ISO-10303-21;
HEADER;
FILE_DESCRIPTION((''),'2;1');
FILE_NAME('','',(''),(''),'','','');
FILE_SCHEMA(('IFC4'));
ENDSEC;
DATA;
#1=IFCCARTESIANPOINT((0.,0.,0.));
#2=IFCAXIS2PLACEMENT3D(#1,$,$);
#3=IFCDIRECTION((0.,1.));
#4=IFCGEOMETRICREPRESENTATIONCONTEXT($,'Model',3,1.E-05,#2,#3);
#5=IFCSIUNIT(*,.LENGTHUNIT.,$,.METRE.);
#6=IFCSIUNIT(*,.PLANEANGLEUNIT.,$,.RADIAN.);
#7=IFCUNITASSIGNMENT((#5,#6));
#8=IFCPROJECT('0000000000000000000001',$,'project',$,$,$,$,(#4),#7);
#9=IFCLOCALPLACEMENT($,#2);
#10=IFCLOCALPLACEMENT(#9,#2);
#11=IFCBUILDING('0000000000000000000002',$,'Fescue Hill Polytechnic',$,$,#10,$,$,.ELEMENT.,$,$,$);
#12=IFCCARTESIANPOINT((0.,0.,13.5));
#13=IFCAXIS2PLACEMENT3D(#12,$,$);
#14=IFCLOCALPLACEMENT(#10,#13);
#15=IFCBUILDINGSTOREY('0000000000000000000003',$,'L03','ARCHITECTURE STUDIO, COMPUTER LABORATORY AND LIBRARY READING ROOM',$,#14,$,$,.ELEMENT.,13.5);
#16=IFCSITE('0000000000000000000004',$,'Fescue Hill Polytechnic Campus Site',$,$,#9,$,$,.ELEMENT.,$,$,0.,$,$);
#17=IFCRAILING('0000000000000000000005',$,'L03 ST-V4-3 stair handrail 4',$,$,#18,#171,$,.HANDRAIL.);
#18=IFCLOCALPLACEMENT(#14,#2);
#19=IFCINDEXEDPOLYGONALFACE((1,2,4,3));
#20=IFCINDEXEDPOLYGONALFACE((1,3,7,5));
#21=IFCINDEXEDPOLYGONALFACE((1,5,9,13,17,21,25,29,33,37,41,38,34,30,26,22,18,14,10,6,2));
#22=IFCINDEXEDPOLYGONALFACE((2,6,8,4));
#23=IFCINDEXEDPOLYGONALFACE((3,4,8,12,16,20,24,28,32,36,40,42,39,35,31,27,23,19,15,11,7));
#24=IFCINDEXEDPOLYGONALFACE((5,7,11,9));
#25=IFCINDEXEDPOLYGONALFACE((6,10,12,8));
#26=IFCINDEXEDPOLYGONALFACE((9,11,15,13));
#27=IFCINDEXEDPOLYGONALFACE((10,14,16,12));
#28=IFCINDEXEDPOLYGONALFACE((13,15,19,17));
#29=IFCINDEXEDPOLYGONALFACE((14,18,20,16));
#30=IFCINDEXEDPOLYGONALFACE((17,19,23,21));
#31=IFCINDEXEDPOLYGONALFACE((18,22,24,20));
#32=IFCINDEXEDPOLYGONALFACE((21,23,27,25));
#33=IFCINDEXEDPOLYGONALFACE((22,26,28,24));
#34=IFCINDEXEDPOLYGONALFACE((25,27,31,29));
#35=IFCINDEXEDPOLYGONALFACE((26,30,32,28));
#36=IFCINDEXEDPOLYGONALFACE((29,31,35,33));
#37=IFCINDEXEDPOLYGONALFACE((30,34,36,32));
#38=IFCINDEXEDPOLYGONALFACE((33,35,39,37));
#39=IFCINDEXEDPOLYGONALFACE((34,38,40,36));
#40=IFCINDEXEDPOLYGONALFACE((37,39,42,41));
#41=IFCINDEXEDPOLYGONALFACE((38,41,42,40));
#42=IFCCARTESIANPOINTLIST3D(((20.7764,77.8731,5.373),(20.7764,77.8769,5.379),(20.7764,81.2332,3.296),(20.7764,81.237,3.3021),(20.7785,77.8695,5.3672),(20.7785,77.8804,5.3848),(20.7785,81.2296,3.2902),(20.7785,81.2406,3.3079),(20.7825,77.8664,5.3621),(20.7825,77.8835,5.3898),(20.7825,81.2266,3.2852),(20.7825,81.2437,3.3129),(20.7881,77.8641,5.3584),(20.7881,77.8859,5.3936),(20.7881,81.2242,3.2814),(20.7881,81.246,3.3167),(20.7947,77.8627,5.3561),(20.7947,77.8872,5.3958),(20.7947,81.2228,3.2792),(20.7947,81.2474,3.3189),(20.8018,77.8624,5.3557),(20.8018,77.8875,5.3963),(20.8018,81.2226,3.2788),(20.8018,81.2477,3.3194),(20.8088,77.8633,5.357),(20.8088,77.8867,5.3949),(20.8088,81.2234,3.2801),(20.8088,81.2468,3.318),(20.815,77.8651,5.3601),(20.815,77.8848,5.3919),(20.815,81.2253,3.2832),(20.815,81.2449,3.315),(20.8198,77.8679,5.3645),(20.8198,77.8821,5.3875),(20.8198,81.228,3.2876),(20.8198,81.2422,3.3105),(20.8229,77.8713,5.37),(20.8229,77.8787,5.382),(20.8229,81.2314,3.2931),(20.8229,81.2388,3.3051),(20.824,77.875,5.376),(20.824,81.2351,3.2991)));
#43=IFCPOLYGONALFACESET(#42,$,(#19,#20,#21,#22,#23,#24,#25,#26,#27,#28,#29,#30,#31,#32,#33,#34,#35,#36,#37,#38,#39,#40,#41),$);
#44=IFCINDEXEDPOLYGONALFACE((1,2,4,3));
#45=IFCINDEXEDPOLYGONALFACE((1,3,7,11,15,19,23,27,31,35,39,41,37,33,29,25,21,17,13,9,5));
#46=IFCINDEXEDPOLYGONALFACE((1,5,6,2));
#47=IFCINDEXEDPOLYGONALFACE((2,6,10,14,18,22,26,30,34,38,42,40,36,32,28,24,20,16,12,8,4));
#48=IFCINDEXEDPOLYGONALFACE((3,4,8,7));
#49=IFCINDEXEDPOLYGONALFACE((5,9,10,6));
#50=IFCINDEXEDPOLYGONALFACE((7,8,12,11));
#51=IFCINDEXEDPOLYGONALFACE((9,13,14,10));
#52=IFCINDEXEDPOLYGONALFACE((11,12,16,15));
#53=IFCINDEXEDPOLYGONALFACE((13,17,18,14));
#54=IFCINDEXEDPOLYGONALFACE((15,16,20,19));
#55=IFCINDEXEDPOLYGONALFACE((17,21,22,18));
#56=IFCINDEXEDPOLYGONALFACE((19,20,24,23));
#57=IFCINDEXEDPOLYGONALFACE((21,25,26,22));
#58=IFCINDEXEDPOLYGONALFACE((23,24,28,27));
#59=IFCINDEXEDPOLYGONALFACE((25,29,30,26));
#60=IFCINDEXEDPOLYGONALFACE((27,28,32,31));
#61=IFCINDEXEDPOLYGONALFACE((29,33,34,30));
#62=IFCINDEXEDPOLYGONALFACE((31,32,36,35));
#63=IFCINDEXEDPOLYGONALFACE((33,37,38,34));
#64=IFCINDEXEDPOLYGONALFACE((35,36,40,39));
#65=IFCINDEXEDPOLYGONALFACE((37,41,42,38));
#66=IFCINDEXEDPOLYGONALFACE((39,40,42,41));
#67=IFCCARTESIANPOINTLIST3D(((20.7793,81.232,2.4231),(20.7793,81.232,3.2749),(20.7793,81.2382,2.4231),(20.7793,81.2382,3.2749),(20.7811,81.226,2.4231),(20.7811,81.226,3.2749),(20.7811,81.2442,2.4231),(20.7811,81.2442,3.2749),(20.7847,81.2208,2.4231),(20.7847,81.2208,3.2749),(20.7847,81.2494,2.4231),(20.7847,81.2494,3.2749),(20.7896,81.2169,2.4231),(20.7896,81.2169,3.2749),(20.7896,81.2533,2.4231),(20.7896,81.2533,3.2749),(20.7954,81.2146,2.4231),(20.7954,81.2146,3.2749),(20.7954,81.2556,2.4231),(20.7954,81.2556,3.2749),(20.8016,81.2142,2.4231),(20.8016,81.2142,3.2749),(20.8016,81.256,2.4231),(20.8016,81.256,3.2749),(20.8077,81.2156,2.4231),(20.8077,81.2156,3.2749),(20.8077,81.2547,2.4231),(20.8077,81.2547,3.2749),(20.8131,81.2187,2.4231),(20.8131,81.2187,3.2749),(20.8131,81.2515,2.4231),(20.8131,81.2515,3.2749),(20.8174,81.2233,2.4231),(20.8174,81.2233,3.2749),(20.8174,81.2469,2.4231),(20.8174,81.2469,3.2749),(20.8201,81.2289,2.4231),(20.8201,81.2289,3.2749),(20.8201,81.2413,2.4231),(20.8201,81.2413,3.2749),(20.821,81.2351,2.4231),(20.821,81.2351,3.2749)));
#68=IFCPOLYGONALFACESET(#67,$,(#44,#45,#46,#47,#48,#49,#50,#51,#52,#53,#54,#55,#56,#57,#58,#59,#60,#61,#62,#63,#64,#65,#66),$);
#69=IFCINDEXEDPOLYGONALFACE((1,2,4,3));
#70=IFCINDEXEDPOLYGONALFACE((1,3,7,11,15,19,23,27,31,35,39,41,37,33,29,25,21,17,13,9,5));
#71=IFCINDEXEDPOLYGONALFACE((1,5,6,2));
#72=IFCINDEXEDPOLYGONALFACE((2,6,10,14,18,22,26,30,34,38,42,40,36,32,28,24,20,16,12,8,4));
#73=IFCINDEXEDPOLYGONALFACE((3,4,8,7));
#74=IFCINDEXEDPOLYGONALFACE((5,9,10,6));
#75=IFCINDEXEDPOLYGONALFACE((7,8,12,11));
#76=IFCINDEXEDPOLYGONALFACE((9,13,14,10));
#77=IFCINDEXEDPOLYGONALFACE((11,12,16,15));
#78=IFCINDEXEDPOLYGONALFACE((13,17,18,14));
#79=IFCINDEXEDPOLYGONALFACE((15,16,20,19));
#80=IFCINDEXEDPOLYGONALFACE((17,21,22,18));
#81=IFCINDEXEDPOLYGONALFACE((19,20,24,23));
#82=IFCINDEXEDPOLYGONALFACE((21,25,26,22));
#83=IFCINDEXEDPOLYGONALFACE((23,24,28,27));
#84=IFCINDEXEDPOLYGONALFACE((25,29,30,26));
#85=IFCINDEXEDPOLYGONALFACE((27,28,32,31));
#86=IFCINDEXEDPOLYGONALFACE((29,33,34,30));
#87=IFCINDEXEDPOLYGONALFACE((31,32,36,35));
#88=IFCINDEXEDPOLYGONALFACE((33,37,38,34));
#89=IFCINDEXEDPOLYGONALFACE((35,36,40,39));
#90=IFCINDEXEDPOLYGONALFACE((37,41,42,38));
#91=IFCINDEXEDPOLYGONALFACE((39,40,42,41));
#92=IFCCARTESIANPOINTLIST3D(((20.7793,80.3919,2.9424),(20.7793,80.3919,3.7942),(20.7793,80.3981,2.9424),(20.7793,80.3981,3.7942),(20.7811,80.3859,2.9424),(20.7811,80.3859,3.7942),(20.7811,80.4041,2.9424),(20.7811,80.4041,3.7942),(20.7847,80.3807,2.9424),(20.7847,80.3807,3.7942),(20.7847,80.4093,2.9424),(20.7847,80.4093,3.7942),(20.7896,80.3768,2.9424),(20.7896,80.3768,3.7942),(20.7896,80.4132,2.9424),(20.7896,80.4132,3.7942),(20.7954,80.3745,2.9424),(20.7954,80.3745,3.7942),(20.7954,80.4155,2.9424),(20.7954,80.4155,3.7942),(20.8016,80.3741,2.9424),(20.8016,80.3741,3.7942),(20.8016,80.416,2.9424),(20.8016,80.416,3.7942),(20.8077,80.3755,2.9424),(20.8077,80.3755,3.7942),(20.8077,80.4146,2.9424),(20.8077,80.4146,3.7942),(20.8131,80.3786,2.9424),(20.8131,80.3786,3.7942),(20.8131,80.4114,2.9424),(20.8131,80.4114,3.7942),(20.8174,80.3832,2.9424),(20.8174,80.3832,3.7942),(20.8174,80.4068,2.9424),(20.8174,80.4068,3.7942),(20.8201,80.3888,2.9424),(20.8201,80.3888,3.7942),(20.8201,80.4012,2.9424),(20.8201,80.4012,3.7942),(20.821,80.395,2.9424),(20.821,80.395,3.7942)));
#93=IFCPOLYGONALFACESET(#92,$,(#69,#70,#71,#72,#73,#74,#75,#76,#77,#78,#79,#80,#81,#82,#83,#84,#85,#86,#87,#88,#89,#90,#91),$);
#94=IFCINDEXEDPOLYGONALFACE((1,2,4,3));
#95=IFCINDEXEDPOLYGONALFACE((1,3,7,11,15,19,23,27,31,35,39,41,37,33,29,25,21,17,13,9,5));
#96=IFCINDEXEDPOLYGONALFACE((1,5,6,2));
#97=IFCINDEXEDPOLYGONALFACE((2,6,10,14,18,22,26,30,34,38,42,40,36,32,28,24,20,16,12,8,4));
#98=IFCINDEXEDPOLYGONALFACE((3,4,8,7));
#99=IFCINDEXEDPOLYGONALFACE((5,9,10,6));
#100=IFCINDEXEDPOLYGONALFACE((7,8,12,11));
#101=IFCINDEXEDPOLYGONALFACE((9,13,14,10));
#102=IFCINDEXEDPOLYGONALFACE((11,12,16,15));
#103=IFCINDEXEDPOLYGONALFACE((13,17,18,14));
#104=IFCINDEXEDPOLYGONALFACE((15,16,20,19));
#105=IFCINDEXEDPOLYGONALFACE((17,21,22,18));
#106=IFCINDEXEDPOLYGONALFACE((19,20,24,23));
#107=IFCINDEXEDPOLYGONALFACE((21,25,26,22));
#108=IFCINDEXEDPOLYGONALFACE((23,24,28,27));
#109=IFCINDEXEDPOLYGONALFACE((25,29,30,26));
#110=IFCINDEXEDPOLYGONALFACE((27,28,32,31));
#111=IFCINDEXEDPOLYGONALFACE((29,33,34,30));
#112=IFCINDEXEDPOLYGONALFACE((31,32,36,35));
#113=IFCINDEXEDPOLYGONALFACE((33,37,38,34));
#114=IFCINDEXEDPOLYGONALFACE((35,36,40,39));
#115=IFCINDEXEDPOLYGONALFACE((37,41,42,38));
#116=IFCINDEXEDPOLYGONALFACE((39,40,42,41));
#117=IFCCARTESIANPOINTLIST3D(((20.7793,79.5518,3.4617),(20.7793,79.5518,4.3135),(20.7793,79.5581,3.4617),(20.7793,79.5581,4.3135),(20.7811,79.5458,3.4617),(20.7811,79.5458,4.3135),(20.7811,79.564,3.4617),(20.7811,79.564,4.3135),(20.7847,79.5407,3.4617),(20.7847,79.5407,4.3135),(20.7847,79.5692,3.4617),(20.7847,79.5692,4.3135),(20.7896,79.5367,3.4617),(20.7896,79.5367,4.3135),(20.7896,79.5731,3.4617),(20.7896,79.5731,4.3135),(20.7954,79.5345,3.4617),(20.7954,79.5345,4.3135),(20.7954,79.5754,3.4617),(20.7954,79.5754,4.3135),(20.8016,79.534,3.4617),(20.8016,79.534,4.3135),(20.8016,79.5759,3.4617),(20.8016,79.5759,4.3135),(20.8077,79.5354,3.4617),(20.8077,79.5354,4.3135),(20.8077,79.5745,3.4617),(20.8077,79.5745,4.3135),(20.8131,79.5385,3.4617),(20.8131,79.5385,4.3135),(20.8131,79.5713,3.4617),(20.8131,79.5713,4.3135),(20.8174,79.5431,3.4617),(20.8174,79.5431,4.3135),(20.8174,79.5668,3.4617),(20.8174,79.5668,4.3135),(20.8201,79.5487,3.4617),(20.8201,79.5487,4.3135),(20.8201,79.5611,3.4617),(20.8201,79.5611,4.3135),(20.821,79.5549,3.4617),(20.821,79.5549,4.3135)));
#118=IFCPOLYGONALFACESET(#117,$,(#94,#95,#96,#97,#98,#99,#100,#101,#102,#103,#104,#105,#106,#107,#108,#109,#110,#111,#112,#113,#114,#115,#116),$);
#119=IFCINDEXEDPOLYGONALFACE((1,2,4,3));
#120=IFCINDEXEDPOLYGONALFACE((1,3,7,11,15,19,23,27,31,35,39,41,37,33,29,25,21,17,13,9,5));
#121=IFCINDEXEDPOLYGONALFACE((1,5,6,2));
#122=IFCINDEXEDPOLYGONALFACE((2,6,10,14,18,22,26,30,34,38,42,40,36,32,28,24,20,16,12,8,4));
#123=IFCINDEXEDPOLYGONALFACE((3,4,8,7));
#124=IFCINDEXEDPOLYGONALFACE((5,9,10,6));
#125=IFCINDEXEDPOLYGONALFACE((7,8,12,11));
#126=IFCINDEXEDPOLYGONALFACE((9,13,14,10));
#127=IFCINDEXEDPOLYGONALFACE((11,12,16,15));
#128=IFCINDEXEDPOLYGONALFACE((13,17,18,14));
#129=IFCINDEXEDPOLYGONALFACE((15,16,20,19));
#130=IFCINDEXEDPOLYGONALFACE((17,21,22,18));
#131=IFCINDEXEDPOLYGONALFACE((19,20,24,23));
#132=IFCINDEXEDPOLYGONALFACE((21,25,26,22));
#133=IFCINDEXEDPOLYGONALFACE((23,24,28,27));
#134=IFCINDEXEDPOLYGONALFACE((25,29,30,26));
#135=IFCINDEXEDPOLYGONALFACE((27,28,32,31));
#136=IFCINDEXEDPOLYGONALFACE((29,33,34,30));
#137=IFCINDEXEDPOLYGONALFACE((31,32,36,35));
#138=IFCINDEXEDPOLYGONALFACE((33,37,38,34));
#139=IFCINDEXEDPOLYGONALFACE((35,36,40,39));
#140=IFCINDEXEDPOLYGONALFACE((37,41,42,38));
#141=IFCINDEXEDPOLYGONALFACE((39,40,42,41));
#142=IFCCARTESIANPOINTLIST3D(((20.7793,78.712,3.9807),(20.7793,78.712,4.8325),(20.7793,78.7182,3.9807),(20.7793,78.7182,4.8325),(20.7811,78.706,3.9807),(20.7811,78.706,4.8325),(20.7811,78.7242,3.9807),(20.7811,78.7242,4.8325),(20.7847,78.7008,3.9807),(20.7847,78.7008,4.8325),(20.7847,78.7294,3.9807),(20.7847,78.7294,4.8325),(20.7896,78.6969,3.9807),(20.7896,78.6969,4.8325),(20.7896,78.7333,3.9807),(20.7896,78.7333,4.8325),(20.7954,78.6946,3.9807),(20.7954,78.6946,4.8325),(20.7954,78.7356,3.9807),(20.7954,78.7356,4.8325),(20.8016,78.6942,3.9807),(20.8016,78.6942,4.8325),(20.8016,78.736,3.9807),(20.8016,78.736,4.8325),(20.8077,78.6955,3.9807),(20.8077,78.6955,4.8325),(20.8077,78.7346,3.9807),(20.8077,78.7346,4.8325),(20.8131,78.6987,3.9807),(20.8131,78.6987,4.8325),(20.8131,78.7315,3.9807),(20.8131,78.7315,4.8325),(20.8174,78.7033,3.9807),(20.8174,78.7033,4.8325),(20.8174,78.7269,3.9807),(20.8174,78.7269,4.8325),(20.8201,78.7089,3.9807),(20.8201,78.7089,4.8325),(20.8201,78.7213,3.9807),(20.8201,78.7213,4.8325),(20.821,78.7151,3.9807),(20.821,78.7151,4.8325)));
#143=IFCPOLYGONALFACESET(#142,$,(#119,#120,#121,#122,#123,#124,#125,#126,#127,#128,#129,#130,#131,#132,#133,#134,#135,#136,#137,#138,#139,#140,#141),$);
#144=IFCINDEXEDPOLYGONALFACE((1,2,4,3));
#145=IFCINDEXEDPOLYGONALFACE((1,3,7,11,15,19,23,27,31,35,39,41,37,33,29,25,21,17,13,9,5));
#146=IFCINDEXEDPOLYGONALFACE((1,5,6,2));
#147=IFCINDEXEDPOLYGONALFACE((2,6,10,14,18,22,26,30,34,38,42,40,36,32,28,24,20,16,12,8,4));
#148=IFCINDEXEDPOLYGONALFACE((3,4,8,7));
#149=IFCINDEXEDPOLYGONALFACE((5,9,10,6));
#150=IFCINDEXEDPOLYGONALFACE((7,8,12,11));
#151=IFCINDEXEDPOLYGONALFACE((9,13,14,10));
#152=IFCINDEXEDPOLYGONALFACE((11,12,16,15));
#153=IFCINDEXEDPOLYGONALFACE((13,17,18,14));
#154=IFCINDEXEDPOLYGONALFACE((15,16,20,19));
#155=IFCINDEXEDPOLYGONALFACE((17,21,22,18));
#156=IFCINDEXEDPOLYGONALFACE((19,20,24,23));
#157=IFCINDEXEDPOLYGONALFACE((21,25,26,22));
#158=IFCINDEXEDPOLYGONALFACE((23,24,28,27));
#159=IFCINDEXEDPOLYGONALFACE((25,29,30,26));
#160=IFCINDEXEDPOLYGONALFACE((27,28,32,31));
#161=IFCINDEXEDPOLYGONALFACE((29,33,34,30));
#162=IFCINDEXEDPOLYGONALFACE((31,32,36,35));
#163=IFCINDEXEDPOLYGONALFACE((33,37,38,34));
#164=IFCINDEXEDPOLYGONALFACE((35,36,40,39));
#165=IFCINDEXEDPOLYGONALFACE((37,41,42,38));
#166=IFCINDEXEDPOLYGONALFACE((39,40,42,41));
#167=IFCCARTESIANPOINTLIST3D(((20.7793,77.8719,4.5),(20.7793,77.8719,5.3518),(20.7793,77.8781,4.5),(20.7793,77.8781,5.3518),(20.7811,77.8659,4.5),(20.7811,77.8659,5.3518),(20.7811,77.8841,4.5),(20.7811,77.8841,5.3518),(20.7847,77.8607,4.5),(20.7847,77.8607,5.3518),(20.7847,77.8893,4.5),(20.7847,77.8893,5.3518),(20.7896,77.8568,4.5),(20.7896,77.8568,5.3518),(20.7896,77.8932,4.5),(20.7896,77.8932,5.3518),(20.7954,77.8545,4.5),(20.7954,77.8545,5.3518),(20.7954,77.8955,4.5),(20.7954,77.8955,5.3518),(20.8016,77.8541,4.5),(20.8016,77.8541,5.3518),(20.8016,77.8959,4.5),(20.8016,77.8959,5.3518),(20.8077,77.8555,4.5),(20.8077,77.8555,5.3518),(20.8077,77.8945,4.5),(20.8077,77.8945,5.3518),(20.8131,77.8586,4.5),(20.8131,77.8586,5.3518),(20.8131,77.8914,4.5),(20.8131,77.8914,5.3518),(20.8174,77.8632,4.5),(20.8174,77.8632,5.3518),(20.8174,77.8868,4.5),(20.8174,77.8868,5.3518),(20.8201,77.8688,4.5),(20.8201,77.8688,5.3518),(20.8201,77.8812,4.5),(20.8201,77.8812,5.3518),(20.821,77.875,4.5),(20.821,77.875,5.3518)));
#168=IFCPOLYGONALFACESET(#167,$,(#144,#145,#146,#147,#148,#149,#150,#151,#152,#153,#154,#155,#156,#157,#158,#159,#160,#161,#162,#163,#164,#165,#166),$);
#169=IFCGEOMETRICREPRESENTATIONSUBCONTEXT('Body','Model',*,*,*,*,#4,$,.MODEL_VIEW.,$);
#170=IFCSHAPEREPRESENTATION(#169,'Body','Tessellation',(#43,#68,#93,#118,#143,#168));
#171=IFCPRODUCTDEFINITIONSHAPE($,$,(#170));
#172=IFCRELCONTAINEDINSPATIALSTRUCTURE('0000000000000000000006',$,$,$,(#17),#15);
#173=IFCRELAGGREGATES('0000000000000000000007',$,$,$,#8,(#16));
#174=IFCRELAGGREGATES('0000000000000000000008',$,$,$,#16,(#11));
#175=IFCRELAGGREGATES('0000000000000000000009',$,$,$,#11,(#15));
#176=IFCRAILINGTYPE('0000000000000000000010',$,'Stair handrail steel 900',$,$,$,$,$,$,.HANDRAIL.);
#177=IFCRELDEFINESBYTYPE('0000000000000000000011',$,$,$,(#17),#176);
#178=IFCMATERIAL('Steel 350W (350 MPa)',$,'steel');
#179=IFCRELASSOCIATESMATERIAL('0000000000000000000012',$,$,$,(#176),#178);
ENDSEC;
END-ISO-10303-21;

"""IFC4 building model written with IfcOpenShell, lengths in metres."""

from ifc_helpers import new_model, si_unit, direction, frame, origin, origin_2d, place, context, subcontext, project, spatial, circle, extrude, material, type_object, element, save


model = new_model("IFC4")

# Units and contexts
model_context = context("Model", 3, precision=1e-05, world=origin(), true_north=direction((0.0, 1.0)))
body_context = subcontext(model_context, "Body", "Model", "MODEL_VIEW")
ifc_project = project(units=[si_unit("LENGTHUNIT", "METRE"), si_unit("PLANEANGLEUNIT", "RADIAN")], contexts=[model_context])

# Site, building, storey
site_placement = place(None, origin())
site = spatial("IfcSite", under=ifc_project, at=site_placement, Name="Fescue Hill Polytechnic Campus Site", CompositionType="ELEMENT", RefElevation=0.0)
building_placement = place(site_placement, origin())
building = spatial("IfcBuilding", under=site, at=building_placement, Name="Fescue Hill Polytechnic", CompositionType="ELEMENT")
storey_placement = place(building_placement, frame((0.0, 0.0, 13.5)))
storey = spatial("IfcBuildingStorey", under=building, at=storey_placement, Name="L03", Description="ARCHITECTURE STUDIO, COMPUTER LABORATORY AND LIBRARY READING ROOM", CompositionType="ELEMENT", Elevation=13.5)

# Railing
ifc_material_1 = material(Name="Steel 350W (350 MPa)", Category="steel")
railing_type_1 = type_object("IfcRailingType", Name="Stair handrail steel 900", PredefinedType="HANDRAIL", material=ifc_material_1)
railing_1_placement = place(storey_placement, frame((20.8, 81.2351, 2.4231)))
element("IfcRailing", 1, at=railing_1_placement, inside=storey, type_object=railing_type_1, Name="L03 ST-V4-3 stair handrail 4", PredefinedType="HANDRAIL", context=body_context, shape_type="SweptSolid", body=[
    extrude(circle(Radius=0.0239, at=origin_2d()), frame((0.0, 0.0, 0.876), z_axis=(0.0, -0.850623, 0.525776), x_axis=(1.0, 0.0, 0.0)), (0.0, 0.0, 1.0), 3.9502),
    extrude(circle(Radius=0.021, at=origin_2d()), origin(), (0.0, 0.0, 1.0), 0.8518),
    extrude(circle(Radius=0.021, at=origin_2d()), frame((0.0, -0.8401, 0.5193)), (0.0, 0.0, 1.0), 0.8518),
    extrude(circle(Radius=0.021, at=origin_2d()), frame((0.0, -1.6802, 1.0386)), (0.0, 0.0, 1.0), 0.8518),
    extrude(circle(Radius=0.021, at=origin_2d()), frame((0.0, -2.52, 1.5576)), (0.0, 0.0, 1.0), 0.8518),
    extrude(circle(Radius=0.021, at=origin_2d()), frame((0.0, -3.3601, 2.0769)), (0.0, 0.0, 1.0), 0.8518),
])

save(model, "model.ifc")
